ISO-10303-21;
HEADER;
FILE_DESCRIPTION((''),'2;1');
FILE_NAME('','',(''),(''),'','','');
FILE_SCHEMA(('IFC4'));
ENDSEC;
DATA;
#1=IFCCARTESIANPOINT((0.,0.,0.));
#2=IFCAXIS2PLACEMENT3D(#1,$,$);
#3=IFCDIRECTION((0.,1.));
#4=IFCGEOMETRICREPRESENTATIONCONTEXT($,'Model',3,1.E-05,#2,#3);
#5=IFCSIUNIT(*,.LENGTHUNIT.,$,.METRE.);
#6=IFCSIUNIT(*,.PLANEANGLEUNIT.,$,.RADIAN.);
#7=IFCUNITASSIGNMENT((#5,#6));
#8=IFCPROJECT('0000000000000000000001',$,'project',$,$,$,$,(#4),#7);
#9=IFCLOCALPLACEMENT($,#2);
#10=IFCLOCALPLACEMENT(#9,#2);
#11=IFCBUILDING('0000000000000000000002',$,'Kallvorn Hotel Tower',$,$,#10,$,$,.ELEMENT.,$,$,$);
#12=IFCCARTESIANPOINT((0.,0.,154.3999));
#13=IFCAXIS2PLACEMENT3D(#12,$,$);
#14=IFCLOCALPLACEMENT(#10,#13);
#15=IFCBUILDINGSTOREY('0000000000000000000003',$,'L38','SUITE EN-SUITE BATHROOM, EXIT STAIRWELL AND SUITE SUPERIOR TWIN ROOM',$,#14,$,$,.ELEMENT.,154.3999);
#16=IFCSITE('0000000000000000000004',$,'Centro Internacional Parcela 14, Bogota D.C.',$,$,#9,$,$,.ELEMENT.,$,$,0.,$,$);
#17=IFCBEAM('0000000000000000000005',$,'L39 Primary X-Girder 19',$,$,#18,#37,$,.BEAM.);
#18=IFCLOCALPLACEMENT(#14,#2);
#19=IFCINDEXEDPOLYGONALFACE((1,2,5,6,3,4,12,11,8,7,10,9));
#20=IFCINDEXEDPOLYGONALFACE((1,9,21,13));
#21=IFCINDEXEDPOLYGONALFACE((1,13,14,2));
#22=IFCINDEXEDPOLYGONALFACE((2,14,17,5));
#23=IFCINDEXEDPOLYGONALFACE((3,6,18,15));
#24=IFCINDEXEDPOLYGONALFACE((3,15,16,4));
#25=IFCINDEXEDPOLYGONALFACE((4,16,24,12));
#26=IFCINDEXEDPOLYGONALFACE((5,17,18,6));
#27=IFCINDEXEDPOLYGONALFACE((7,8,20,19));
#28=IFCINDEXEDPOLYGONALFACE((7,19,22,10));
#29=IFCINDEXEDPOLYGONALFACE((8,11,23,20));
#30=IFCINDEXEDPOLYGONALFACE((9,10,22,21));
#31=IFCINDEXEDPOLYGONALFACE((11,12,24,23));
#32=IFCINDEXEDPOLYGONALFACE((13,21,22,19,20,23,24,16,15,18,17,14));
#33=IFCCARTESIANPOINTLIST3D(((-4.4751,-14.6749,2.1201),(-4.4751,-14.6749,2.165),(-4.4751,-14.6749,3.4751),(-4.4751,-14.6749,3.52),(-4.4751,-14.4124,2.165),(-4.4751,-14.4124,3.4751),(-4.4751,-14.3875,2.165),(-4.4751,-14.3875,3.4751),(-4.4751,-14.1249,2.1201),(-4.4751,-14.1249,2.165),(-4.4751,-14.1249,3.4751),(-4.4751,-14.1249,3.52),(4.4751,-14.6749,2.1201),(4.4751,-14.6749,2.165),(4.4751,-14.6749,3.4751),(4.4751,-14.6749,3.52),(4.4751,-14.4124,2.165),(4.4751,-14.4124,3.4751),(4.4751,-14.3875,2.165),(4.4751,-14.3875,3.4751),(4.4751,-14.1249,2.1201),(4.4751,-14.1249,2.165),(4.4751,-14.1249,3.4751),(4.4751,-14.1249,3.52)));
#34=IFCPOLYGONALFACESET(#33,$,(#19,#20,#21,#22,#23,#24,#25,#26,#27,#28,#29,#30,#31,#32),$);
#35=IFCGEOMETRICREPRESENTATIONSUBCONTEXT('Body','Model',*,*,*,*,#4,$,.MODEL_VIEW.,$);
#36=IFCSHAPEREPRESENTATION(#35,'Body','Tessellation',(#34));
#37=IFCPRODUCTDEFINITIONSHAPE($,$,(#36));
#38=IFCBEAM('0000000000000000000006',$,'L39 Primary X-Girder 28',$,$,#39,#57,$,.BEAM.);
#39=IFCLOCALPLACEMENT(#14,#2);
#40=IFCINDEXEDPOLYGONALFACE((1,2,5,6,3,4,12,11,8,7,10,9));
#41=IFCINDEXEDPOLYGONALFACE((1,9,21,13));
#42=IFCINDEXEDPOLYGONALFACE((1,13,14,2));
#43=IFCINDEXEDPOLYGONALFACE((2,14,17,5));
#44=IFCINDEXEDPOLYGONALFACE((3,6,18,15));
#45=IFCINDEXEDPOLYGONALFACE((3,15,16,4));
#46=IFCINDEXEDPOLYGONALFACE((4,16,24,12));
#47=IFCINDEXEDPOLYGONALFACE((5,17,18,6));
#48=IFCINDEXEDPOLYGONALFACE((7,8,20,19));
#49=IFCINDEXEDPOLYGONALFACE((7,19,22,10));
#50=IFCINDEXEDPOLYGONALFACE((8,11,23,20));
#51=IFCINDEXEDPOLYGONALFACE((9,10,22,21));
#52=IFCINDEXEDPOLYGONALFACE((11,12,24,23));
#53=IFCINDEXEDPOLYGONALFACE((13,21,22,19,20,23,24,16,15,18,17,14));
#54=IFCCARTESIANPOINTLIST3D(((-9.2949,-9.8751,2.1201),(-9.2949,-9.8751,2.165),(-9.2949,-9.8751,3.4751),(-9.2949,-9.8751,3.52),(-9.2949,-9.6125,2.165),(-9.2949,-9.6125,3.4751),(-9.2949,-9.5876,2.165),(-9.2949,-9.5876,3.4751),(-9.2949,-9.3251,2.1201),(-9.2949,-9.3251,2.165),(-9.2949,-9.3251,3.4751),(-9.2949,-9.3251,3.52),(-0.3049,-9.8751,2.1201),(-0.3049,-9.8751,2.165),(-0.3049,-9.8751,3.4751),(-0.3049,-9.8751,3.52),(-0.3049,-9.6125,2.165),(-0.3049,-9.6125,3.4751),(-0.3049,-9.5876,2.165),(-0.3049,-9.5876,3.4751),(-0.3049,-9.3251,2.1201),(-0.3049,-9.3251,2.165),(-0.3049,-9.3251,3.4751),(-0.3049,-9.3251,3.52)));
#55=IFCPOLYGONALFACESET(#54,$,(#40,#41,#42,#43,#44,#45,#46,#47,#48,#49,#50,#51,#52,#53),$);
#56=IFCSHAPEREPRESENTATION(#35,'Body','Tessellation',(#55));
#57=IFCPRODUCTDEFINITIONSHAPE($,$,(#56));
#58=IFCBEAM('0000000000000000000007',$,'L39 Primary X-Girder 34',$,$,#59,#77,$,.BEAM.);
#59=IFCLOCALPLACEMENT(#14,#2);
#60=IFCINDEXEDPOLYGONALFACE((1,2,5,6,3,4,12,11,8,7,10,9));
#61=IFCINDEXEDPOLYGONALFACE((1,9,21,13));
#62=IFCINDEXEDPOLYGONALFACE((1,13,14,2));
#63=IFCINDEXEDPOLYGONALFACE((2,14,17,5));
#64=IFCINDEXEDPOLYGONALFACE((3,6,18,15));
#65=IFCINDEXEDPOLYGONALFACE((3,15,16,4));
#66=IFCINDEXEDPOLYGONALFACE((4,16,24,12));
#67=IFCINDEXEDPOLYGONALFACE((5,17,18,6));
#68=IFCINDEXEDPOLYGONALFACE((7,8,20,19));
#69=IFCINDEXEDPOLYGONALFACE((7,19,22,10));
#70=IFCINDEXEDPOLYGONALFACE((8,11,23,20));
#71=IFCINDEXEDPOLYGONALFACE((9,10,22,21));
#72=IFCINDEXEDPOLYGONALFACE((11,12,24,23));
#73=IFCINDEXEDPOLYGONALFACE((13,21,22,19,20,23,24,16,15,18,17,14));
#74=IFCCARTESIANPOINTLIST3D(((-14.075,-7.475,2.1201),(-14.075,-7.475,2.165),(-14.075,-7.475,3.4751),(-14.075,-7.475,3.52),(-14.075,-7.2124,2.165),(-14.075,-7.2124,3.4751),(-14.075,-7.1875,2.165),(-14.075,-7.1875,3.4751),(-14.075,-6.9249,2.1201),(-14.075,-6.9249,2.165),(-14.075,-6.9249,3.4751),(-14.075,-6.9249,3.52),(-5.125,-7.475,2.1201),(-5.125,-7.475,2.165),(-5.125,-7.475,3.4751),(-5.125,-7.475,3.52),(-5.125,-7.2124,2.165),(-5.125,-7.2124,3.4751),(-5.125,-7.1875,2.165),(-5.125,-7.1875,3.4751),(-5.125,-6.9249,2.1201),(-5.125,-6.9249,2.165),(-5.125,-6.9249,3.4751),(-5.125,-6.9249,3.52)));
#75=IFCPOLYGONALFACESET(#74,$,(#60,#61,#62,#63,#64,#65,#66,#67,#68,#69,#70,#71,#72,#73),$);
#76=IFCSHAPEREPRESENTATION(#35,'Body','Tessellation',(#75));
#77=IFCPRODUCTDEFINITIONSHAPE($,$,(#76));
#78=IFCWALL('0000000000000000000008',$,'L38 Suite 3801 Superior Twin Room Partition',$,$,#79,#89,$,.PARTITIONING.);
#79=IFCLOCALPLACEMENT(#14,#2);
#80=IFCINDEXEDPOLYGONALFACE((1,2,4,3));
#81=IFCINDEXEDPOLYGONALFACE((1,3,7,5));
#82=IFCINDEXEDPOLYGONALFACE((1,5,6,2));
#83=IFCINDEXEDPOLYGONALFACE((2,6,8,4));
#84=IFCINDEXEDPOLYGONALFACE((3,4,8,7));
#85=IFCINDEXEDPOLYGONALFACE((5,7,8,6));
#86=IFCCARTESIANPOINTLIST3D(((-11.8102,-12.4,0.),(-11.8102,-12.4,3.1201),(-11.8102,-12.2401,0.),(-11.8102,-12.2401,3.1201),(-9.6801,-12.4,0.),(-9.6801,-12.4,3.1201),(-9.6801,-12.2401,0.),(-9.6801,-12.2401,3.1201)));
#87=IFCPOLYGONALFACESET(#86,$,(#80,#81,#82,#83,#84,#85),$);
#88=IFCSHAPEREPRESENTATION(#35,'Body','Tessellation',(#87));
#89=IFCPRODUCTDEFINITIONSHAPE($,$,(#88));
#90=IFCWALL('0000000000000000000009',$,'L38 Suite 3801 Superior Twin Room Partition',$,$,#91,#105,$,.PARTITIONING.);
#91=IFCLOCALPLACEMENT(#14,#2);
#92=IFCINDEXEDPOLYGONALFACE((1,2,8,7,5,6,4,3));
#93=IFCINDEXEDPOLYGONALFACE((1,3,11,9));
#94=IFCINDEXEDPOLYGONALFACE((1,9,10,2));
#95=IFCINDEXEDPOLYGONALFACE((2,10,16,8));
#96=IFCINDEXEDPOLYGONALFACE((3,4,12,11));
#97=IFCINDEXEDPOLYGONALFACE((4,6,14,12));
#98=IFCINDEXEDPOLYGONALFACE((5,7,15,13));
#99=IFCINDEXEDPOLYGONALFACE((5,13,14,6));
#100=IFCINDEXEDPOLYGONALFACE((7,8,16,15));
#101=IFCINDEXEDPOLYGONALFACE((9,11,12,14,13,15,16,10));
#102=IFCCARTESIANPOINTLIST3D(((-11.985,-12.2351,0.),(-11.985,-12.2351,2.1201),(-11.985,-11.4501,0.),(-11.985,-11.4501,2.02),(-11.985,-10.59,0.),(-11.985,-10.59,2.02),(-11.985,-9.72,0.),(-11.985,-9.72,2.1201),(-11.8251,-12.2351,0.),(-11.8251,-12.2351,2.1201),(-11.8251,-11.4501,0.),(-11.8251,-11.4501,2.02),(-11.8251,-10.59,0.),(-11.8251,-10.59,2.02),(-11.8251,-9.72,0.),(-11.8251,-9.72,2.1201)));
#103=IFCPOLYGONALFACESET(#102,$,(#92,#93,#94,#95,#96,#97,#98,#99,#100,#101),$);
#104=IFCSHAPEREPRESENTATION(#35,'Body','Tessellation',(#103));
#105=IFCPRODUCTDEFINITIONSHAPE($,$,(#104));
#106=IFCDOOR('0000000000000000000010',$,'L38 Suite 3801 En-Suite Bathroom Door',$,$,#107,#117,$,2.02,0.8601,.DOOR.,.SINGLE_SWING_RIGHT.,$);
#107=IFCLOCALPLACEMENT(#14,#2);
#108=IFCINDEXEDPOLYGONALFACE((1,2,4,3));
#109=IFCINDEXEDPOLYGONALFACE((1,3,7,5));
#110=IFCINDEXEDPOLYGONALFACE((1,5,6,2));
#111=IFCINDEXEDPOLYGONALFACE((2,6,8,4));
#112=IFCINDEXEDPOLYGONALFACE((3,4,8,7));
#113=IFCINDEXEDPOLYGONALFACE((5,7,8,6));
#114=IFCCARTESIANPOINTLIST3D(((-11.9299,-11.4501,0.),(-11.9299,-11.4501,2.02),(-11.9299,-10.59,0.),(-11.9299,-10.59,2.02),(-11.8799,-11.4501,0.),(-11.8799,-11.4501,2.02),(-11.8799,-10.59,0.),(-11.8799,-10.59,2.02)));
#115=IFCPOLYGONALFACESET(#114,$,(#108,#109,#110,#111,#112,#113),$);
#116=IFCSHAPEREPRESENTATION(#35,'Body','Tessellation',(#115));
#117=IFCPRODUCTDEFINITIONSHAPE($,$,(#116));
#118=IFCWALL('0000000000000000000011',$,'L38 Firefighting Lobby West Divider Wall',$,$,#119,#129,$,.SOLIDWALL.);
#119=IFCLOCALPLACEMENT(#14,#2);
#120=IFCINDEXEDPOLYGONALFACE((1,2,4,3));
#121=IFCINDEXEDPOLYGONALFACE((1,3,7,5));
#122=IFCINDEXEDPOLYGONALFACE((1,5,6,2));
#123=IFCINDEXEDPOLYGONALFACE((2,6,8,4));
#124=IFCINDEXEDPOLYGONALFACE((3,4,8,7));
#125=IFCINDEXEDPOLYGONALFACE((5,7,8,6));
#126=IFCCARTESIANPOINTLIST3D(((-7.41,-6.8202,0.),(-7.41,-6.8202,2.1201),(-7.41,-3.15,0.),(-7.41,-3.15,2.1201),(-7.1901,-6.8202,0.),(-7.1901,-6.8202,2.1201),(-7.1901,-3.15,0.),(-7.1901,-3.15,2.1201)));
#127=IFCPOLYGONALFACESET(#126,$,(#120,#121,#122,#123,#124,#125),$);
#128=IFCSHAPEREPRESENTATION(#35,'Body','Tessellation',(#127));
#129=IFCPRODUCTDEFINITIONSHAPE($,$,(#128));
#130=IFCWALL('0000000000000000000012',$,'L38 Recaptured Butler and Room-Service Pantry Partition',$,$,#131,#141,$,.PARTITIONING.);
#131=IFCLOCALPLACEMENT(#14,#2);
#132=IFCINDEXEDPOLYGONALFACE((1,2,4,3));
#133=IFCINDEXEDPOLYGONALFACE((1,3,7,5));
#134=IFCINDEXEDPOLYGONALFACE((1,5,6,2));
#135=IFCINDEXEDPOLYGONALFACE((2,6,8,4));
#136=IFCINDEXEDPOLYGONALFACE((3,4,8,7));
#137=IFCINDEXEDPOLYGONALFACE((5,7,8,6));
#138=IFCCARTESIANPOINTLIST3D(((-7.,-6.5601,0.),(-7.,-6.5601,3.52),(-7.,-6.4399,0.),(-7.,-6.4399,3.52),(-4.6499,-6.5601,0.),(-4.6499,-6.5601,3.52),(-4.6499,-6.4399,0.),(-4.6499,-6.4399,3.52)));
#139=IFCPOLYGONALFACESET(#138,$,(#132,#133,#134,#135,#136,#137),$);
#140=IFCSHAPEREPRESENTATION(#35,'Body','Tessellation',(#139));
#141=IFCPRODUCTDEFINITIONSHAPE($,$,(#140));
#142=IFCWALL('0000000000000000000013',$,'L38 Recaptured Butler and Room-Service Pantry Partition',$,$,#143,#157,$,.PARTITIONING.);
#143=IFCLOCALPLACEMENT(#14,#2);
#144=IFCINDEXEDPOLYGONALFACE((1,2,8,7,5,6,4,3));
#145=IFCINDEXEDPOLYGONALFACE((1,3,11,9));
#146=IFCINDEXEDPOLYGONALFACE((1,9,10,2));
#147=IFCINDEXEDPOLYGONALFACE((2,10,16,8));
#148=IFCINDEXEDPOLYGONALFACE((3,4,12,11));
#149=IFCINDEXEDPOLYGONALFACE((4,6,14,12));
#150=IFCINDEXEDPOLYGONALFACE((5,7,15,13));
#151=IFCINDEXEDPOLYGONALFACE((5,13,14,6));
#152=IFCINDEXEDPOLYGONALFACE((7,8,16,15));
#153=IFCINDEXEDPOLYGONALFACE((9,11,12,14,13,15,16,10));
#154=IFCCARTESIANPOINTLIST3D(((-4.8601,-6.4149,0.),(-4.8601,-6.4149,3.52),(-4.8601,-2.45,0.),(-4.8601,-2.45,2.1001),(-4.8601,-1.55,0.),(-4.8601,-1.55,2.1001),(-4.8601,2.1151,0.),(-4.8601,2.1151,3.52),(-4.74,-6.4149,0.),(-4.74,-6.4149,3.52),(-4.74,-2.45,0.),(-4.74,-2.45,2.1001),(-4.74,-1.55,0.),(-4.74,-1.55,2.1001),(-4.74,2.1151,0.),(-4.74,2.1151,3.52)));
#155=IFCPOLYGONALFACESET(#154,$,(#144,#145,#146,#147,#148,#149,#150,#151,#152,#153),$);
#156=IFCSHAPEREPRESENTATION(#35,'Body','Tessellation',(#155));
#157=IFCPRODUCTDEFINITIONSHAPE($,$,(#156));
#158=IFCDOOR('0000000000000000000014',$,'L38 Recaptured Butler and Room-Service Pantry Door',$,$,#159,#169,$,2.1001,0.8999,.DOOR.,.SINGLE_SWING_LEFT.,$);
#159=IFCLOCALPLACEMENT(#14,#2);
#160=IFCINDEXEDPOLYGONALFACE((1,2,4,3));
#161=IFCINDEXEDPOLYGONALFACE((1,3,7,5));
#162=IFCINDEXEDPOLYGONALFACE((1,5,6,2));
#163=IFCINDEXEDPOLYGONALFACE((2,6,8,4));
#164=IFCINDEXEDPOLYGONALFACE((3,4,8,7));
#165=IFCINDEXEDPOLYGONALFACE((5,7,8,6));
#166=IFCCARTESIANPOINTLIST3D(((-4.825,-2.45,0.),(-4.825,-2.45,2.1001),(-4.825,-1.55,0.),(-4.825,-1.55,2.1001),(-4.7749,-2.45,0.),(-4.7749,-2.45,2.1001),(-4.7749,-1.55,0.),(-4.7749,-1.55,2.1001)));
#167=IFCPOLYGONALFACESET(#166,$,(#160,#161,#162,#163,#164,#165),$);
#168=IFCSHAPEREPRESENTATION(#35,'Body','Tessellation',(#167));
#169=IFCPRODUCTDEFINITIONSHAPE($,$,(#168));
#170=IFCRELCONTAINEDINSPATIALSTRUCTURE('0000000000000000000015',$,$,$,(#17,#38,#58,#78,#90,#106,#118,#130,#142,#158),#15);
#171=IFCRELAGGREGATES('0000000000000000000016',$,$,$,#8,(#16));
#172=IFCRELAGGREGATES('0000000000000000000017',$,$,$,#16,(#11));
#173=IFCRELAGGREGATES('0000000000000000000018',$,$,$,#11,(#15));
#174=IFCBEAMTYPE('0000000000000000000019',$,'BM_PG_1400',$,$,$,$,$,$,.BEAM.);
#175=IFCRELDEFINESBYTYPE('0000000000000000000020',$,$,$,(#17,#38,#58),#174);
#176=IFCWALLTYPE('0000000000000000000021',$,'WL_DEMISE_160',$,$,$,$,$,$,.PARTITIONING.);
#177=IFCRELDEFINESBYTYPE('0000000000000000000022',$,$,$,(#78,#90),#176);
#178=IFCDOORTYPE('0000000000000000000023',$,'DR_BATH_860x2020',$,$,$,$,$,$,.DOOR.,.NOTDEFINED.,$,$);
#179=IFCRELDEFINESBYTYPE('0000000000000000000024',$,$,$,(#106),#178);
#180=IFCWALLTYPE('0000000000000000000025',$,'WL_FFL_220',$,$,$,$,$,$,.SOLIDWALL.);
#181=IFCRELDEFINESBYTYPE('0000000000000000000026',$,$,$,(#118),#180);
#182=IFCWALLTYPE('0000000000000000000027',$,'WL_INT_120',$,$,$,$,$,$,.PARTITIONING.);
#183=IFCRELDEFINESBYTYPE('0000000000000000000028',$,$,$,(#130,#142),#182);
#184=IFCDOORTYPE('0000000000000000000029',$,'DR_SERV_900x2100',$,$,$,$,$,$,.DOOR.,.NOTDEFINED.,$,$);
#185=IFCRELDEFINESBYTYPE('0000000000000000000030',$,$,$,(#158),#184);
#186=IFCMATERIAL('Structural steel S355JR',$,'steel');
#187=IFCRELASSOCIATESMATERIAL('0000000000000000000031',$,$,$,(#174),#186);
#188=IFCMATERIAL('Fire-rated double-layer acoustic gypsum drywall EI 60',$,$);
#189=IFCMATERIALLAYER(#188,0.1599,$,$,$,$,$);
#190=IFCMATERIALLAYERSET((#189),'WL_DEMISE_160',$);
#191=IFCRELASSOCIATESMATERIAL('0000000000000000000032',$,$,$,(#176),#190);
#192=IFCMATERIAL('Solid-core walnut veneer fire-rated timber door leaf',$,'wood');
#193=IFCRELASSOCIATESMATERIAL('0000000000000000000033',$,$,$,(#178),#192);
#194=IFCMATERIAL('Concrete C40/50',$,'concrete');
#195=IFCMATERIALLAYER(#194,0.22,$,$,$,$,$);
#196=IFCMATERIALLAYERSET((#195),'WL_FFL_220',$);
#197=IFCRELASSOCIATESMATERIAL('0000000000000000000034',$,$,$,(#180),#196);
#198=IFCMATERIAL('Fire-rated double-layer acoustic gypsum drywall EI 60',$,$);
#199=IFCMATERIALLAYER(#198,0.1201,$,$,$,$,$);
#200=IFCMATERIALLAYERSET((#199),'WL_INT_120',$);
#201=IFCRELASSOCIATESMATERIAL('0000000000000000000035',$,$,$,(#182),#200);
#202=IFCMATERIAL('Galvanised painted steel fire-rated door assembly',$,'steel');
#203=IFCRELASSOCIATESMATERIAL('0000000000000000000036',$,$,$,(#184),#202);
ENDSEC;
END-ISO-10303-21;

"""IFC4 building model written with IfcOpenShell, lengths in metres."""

from ifc_helpers import new_model, si_unit, direction, frame, frame_2d, origin, origin_2d, place, context, subcontext, project, spatial, rectangle, i_section, extrude, material, layer, layer_set, material_profile, profile_set, type_object, element, fill, save


model = new_model("IFC4")

# Units and contexts
model_context = context("Model", 3, precision=1e-05, world=origin(), true_north=direction((0.0, 1.0)))
body_context = subcontext(model_context, "Body", "Model", "MODEL_VIEW")
ifc_project = project(units=[si_unit("LENGTHUNIT", "METRE"), si_unit("PLANEANGLEUNIT", "RADIAN")], contexts=[model_context])

# Site, building, storey
site_placement = place(None, origin())
site = spatial("IfcSite", under=ifc_project, at=site_placement, Name="Centro Internacional Parcela 14, Bogota D.C.", CompositionType="ELEMENT", RefElevation=0.0)
building_placement = place(site_placement, origin())
building = spatial("IfcBuilding", under=site, at=building_placement, Name="Kallvorn Hotel Tower", CompositionType="ELEMENT")
storey_placement = place(building_placement, frame((0.0, 0.0, 154.3999)))
storey = spatial("IfcBuildingStorey", under=building, at=storey_placement, Name="L38", Description="SUITE EN-SUITE BATHROOM, EXIT STAIRWELL AND SUITE SUPERIOR TWIN ROOM", CompositionType="ELEMENT", Elevation=154.3999)

# Beams
ifc_material_1 = material(Name="Structural steel S355JR", Category="steel")
ifc_material_profile_1 = material_profile(ifc_material_1, i_section(OverallWidth=0.55, OverallDepth=1.3999, WebThickness=0.0249, FlangeThickness=0.0449, at=origin_2d()), Name="PG 1400x550x25x45")
ifc_profile_set_1 = profile_set([ifc_material_profile_1], Name="Structural steel S355JR")
beam_type_1 = type_object("IfcBeamType", Name="BM_PG_1400", PredefinedType="BEAM", material=ifc_profile_set_1)
beam_1_placement = place(storey_placement, frame((-4.4751, -14.3999, 2.8201), z_axis=(1.0, 0.0, 0.0), x_axis=(0.0, 1.0, 0.0)))
element("IfcBeam", 1, at=beam_1_placement, inside=storey, type_object=beam_type_1, Name="L39 Primary X-Girder 19", PredefinedType="BEAM", context=body_context, shape_type="SweptSolid", body=[
    extrude(i_section(OverallWidth=0.55, OverallDepth=1.3999, WebThickness=0.0249, FlangeThickness=0.0449, at=origin_2d()), origin(), (0.0, 0.0, 1.0), 8.9502),
])
beam_2_placement = place(storey_placement, frame((-9.2949, -9.6001, 2.8201), z_axis=(1.0, 0.0, 0.0), x_axis=(0.0, 1.0, 0.0)))
element("IfcBeam", 2, at=beam_2_placement, inside=storey, type_object=beam_type_1, Name="L39 Primary X-Girder 28", PredefinedType="BEAM", context=body_context, shape_type="SweptSolid", body=[
    extrude(i_section(OverallWidth=0.55, OverallDepth=1.3999, WebThickness=0.0249, FlangeThickness=0.0449, at=origin_2d()), origin(), (0.0, 0.0, 1.0), 8.99),
])
beam_3_placement = place(storey_placement, frame((-14.075, -7.2, 2.8201), z_axis=(1.0, 0.0, 0.0), x_axis=(0.0, 1.0, 0.0)))
element("IfcBeam", 3, at=beam_3_placement, inside=storey, type_object=beam_type_1, Name="L39 Primary X-Girder 34", PredefinedType="BEAM", context=body_context, shape_type="SweptSolid", body=[
    extrude(i_section(OverallWidth=0.55, OverallDepth=1.3999, WebThickness=0.0249, FlangeThickness=0.0449, at=origin_2d()), origin(), (0.0, 0.0, 1.0), 8.95),
])

# Wall
ifc_material_2 = material(Name="Fire-rated double-layer acoustic gypsum drywall EI 60")
ifc_layer_1 = layer(ifc_material_2, 0.1599)
ifc_layer_set_1 = layer_set([ifc_layer_1], Name="WL_DEMISE_160")
wall_type_1 = type_object("IfcWallType", Name="WL_DEMISE_160", PredefinedType="PARTITIONING", material=ifc_layer_set_1)
wall_1_placement = place(storey_placement, frame((-11.8101, -12.3201, 0.0), z_axis=(0.0, 0.0, 1.0), x_axis=(1.0, 0.0, 0.0)))
element("IfcWall", 4, at=wall_1_placement, inside=storey, type_object=wall_type_1, Name="L38 Suite 3801 Superior Twin Room Partition", PredefinedType="PARTITIONING", context=body_context, shape_type="SweptSolid", body=[
    extrude(rectangle(XDim=2.1301, YDim=0.1599, at=frame_2d((1.0649, 0.0))), origin(), (0.0, 0.0, 1.0), 3.1201),
])

# Wall, opening, door
wall_2_placement = place(storey_placement, frame((-11.905, -12.2351, 0.0), z_axis=(0.0, 0.0, 1.0), x_axis=(0.0, 1.0, 0.0)))
wall_2 = element("IfcWall", 5, at=wall_2_placement, inside=storey, type_object=wall_type_1, Name="L38 Suite 3801 Superior Twin Room Partition", PredefinedType="PARTITIONING", context=body_context, shape_type="SweptSolid", body=[
    extrude(rectangle(XDim=2.5151, YDim=0.1599, at=frame_2d((1.2576, 0.0))), origin(), (0.0, 0.0, 1.0), 2.1201),
])
opening_1_placement = place(wall_2_placement, frame((0.7849, 0.0, 0.0)))
opening_1 = element("IfcOpeningElement", 6, at=opening_1_placement, cuts=wall_2, PredefinedType="OPENING", context=body_context, shape_type="SweptSolid", body=[
    extrude(rectangle(XDim=0.8601, YDim=2.02, at=frame_2d((0.4302, 1.01))), frame((0.0, 0.095, 0.0), z_axis=(0.0, -1.0, 0.0), x_axis=(1.0, 0.0, 0.0)), (0.0, 0.0, 1.0), 0.1899),
])
ifc_material_3 = material(Name="Solid-core walnut veneer fire-rated timber door leaf", Category="wood")
door_type_1 = type_object("IfcDoorType", Name="DR_BATH_860x2020", OperationType="NOTDEFINED", PredefinedType="DOOR", material=ifc_material_3)
door_1_placement = place(opening_1_placement, origin())
door_1 = element("IfcDoor", 7, at=door_1_placement, inside=storey, type_object=door_type_1, Name="L38 Suite 3801 En-Suite Bathroom Door", OperationType="SINGLE_SWING_RIGHT", OverallHeight=2.02, OverallWidth=0.8601, PredefinedType="DOOR", context=body_context, shape_type="SweptSolid", body=[
    extrude(rectangle(XDim=0.8601, YDim=2.02, at=frame_2d((0.4302, 1.01))), frame((0.0, 0.0249, 0.0), z_axis=(0.0, -1.0, 0.0), x_axis=(1.0, 0.0, 0.0)), (0.0, 0.0, 1.0), 0.05),
])
fill(opening_1, door_1)

# Walls
ifc_material_4 = material(Name="Concrete C40/50", Category="concrete")
ifc_layer_2 = layer(ifc_material_4, 0.22)
ifc_layer_set_2 = layer_set([ifc_layer_2], Name="WL_FFL_220")
wall_type_2 = type_object("IfcWallType", Name="WL_FFL_220", PredefinedType="SOLIDWALL", material=ifc_layer_set_2)
wall_3_placement = place(storey_placement, frame((-7.3, -6.8201, 0.0), z_axis=(0.0, 0.0, 1.0), x_axis=(0.0, 1.0, 0.0)))
element("IfcWall", 8, at=wall_3_placement, inside=storey, type_object=wall_type_2, Name="L38 Firefighting Lobby West Divider Wall", PredefinedType="SOLIDWALL", context=body_context, shape_type="SweptSolid", body=[
    extrude(rectangle(XDim=3.6702, YDim=0.22, at=frame_2d((1.835, 0.0))), origin(), (0.0, 0.0, 1.0), 2.1201),
])
ifc_material_5 = material(Name="Fire-rated double-layer acoustic gypsum drywall EI 60")
ifc_layer_3 = layer(ifc_material_5, 0.1201)
ifc_layer_set_3 = layer_set([ifc_layer_3], Name="WL_INT_120")
wall_type_3 = type_object("IfcWallType", Name="WL_INT_120", PredefinedType="PARTITIONING", material=ifc_layer_set_3)
wall_4_placement = place(storey_placement, frame((-7.0, -6.5, 0.0), z_axis=(0.0, 0.0, 1.0), x_axis=(1.0, 0.0, 0.0)))
element("IfcWall", 9, at=wall_4_placement, inside=storey, type_object=wall_type_3, Name="L38 Recaptured Butler and Room-Service Pantry Partition", PredefinedType="PARTITIONING", context=body_context, shape_type="SweptSolid", body=[
    extrude(rectangle(XDim=2.3501, YDim=0.1201, at=frame_2d((1.175, 0.0))), origin(), (0.0, 0.0, 1.0), 3.52),
])

# Wall, opening, door
wall_5_placement = place(storey_placement, frame((-4.8, -6.415, 0.0), z_axis=(0.0, 0.0, 1.0), x_axis=(0.0, 1.0, 0.0)))
wall_5 = element("IfcWall", 10, at=wall_5_placement, inside=storey, type_object=wall_type_3, Name="L38 Recaptured Butler and Room-Service Pantry Partition", PredefinedType="PARTITIONING", context=body_context, shape_type="SweptSolid", body=[
    extrude(rectangle(XDim=8.53, YDim=0.1201, at=frame_2d((4.2651, 0.0))), origin(), (0.0, 0.0, 1.0), 3.52),
])
opening_2_placement = place(wall_5_placement, frame((3.9651, 0.0, 0.0)))
opening_2 = element("IfcOpeningElement", 11, at=opening_2_placement, cuts=wall_5, PredefinedType="OPENING", context=body_context, shape_type="SweptSolid", body=[
    extrude(rectangle(XDim=0.8999, YDim=2.1001, at=frame_2d((0.45, 1.05))), frame((0.0, 0.075, 0.0), z_axis=(0.0, -1.0, 0.0), x_axis=(1.0, 0.0, 0.0)), (0.0, 0.0, 1.0), 0.1501),
])
ifc_material_6 = material(Name="Galvanised painted steel fire-rated door assembly", Category="steel")
door_type_2 = type_object("IfcDoorType", Name="DR_SERV_900x2100", OperationType="NOTDEFINED", PredefinedType="DOOR", material=ifc_material_6)
door_2_placement = place(opening_2_placement, origin())
door_2 = element("IfcDoor", 12, at=door_2_placement, inside=storey, type_object=door_type_2, Name="L38 Recaptured Butler and Room-Service Pantry Door", OperationType="SINGLE_SWING_LEFT", OverallHeight=2.1001, OverallWidth=0.8999, PredefinedType="DOOR", context=body_context, shape_type="SweptSolid", body=[
    extrude(rectangle(XDim=0.8999, YDim=2.1001, at=frame_2d((0.45, 1.05))), frame((0.0, 0.0249, 0.0), z_axis=(0.0, -1.0, 0.0), x_axis=(1.0, 0.0, 0.0)), (0.0, 0.0, 1.0), 0.05),
])
fill(opening_2, door_2)

save(model, "model.ifc")
